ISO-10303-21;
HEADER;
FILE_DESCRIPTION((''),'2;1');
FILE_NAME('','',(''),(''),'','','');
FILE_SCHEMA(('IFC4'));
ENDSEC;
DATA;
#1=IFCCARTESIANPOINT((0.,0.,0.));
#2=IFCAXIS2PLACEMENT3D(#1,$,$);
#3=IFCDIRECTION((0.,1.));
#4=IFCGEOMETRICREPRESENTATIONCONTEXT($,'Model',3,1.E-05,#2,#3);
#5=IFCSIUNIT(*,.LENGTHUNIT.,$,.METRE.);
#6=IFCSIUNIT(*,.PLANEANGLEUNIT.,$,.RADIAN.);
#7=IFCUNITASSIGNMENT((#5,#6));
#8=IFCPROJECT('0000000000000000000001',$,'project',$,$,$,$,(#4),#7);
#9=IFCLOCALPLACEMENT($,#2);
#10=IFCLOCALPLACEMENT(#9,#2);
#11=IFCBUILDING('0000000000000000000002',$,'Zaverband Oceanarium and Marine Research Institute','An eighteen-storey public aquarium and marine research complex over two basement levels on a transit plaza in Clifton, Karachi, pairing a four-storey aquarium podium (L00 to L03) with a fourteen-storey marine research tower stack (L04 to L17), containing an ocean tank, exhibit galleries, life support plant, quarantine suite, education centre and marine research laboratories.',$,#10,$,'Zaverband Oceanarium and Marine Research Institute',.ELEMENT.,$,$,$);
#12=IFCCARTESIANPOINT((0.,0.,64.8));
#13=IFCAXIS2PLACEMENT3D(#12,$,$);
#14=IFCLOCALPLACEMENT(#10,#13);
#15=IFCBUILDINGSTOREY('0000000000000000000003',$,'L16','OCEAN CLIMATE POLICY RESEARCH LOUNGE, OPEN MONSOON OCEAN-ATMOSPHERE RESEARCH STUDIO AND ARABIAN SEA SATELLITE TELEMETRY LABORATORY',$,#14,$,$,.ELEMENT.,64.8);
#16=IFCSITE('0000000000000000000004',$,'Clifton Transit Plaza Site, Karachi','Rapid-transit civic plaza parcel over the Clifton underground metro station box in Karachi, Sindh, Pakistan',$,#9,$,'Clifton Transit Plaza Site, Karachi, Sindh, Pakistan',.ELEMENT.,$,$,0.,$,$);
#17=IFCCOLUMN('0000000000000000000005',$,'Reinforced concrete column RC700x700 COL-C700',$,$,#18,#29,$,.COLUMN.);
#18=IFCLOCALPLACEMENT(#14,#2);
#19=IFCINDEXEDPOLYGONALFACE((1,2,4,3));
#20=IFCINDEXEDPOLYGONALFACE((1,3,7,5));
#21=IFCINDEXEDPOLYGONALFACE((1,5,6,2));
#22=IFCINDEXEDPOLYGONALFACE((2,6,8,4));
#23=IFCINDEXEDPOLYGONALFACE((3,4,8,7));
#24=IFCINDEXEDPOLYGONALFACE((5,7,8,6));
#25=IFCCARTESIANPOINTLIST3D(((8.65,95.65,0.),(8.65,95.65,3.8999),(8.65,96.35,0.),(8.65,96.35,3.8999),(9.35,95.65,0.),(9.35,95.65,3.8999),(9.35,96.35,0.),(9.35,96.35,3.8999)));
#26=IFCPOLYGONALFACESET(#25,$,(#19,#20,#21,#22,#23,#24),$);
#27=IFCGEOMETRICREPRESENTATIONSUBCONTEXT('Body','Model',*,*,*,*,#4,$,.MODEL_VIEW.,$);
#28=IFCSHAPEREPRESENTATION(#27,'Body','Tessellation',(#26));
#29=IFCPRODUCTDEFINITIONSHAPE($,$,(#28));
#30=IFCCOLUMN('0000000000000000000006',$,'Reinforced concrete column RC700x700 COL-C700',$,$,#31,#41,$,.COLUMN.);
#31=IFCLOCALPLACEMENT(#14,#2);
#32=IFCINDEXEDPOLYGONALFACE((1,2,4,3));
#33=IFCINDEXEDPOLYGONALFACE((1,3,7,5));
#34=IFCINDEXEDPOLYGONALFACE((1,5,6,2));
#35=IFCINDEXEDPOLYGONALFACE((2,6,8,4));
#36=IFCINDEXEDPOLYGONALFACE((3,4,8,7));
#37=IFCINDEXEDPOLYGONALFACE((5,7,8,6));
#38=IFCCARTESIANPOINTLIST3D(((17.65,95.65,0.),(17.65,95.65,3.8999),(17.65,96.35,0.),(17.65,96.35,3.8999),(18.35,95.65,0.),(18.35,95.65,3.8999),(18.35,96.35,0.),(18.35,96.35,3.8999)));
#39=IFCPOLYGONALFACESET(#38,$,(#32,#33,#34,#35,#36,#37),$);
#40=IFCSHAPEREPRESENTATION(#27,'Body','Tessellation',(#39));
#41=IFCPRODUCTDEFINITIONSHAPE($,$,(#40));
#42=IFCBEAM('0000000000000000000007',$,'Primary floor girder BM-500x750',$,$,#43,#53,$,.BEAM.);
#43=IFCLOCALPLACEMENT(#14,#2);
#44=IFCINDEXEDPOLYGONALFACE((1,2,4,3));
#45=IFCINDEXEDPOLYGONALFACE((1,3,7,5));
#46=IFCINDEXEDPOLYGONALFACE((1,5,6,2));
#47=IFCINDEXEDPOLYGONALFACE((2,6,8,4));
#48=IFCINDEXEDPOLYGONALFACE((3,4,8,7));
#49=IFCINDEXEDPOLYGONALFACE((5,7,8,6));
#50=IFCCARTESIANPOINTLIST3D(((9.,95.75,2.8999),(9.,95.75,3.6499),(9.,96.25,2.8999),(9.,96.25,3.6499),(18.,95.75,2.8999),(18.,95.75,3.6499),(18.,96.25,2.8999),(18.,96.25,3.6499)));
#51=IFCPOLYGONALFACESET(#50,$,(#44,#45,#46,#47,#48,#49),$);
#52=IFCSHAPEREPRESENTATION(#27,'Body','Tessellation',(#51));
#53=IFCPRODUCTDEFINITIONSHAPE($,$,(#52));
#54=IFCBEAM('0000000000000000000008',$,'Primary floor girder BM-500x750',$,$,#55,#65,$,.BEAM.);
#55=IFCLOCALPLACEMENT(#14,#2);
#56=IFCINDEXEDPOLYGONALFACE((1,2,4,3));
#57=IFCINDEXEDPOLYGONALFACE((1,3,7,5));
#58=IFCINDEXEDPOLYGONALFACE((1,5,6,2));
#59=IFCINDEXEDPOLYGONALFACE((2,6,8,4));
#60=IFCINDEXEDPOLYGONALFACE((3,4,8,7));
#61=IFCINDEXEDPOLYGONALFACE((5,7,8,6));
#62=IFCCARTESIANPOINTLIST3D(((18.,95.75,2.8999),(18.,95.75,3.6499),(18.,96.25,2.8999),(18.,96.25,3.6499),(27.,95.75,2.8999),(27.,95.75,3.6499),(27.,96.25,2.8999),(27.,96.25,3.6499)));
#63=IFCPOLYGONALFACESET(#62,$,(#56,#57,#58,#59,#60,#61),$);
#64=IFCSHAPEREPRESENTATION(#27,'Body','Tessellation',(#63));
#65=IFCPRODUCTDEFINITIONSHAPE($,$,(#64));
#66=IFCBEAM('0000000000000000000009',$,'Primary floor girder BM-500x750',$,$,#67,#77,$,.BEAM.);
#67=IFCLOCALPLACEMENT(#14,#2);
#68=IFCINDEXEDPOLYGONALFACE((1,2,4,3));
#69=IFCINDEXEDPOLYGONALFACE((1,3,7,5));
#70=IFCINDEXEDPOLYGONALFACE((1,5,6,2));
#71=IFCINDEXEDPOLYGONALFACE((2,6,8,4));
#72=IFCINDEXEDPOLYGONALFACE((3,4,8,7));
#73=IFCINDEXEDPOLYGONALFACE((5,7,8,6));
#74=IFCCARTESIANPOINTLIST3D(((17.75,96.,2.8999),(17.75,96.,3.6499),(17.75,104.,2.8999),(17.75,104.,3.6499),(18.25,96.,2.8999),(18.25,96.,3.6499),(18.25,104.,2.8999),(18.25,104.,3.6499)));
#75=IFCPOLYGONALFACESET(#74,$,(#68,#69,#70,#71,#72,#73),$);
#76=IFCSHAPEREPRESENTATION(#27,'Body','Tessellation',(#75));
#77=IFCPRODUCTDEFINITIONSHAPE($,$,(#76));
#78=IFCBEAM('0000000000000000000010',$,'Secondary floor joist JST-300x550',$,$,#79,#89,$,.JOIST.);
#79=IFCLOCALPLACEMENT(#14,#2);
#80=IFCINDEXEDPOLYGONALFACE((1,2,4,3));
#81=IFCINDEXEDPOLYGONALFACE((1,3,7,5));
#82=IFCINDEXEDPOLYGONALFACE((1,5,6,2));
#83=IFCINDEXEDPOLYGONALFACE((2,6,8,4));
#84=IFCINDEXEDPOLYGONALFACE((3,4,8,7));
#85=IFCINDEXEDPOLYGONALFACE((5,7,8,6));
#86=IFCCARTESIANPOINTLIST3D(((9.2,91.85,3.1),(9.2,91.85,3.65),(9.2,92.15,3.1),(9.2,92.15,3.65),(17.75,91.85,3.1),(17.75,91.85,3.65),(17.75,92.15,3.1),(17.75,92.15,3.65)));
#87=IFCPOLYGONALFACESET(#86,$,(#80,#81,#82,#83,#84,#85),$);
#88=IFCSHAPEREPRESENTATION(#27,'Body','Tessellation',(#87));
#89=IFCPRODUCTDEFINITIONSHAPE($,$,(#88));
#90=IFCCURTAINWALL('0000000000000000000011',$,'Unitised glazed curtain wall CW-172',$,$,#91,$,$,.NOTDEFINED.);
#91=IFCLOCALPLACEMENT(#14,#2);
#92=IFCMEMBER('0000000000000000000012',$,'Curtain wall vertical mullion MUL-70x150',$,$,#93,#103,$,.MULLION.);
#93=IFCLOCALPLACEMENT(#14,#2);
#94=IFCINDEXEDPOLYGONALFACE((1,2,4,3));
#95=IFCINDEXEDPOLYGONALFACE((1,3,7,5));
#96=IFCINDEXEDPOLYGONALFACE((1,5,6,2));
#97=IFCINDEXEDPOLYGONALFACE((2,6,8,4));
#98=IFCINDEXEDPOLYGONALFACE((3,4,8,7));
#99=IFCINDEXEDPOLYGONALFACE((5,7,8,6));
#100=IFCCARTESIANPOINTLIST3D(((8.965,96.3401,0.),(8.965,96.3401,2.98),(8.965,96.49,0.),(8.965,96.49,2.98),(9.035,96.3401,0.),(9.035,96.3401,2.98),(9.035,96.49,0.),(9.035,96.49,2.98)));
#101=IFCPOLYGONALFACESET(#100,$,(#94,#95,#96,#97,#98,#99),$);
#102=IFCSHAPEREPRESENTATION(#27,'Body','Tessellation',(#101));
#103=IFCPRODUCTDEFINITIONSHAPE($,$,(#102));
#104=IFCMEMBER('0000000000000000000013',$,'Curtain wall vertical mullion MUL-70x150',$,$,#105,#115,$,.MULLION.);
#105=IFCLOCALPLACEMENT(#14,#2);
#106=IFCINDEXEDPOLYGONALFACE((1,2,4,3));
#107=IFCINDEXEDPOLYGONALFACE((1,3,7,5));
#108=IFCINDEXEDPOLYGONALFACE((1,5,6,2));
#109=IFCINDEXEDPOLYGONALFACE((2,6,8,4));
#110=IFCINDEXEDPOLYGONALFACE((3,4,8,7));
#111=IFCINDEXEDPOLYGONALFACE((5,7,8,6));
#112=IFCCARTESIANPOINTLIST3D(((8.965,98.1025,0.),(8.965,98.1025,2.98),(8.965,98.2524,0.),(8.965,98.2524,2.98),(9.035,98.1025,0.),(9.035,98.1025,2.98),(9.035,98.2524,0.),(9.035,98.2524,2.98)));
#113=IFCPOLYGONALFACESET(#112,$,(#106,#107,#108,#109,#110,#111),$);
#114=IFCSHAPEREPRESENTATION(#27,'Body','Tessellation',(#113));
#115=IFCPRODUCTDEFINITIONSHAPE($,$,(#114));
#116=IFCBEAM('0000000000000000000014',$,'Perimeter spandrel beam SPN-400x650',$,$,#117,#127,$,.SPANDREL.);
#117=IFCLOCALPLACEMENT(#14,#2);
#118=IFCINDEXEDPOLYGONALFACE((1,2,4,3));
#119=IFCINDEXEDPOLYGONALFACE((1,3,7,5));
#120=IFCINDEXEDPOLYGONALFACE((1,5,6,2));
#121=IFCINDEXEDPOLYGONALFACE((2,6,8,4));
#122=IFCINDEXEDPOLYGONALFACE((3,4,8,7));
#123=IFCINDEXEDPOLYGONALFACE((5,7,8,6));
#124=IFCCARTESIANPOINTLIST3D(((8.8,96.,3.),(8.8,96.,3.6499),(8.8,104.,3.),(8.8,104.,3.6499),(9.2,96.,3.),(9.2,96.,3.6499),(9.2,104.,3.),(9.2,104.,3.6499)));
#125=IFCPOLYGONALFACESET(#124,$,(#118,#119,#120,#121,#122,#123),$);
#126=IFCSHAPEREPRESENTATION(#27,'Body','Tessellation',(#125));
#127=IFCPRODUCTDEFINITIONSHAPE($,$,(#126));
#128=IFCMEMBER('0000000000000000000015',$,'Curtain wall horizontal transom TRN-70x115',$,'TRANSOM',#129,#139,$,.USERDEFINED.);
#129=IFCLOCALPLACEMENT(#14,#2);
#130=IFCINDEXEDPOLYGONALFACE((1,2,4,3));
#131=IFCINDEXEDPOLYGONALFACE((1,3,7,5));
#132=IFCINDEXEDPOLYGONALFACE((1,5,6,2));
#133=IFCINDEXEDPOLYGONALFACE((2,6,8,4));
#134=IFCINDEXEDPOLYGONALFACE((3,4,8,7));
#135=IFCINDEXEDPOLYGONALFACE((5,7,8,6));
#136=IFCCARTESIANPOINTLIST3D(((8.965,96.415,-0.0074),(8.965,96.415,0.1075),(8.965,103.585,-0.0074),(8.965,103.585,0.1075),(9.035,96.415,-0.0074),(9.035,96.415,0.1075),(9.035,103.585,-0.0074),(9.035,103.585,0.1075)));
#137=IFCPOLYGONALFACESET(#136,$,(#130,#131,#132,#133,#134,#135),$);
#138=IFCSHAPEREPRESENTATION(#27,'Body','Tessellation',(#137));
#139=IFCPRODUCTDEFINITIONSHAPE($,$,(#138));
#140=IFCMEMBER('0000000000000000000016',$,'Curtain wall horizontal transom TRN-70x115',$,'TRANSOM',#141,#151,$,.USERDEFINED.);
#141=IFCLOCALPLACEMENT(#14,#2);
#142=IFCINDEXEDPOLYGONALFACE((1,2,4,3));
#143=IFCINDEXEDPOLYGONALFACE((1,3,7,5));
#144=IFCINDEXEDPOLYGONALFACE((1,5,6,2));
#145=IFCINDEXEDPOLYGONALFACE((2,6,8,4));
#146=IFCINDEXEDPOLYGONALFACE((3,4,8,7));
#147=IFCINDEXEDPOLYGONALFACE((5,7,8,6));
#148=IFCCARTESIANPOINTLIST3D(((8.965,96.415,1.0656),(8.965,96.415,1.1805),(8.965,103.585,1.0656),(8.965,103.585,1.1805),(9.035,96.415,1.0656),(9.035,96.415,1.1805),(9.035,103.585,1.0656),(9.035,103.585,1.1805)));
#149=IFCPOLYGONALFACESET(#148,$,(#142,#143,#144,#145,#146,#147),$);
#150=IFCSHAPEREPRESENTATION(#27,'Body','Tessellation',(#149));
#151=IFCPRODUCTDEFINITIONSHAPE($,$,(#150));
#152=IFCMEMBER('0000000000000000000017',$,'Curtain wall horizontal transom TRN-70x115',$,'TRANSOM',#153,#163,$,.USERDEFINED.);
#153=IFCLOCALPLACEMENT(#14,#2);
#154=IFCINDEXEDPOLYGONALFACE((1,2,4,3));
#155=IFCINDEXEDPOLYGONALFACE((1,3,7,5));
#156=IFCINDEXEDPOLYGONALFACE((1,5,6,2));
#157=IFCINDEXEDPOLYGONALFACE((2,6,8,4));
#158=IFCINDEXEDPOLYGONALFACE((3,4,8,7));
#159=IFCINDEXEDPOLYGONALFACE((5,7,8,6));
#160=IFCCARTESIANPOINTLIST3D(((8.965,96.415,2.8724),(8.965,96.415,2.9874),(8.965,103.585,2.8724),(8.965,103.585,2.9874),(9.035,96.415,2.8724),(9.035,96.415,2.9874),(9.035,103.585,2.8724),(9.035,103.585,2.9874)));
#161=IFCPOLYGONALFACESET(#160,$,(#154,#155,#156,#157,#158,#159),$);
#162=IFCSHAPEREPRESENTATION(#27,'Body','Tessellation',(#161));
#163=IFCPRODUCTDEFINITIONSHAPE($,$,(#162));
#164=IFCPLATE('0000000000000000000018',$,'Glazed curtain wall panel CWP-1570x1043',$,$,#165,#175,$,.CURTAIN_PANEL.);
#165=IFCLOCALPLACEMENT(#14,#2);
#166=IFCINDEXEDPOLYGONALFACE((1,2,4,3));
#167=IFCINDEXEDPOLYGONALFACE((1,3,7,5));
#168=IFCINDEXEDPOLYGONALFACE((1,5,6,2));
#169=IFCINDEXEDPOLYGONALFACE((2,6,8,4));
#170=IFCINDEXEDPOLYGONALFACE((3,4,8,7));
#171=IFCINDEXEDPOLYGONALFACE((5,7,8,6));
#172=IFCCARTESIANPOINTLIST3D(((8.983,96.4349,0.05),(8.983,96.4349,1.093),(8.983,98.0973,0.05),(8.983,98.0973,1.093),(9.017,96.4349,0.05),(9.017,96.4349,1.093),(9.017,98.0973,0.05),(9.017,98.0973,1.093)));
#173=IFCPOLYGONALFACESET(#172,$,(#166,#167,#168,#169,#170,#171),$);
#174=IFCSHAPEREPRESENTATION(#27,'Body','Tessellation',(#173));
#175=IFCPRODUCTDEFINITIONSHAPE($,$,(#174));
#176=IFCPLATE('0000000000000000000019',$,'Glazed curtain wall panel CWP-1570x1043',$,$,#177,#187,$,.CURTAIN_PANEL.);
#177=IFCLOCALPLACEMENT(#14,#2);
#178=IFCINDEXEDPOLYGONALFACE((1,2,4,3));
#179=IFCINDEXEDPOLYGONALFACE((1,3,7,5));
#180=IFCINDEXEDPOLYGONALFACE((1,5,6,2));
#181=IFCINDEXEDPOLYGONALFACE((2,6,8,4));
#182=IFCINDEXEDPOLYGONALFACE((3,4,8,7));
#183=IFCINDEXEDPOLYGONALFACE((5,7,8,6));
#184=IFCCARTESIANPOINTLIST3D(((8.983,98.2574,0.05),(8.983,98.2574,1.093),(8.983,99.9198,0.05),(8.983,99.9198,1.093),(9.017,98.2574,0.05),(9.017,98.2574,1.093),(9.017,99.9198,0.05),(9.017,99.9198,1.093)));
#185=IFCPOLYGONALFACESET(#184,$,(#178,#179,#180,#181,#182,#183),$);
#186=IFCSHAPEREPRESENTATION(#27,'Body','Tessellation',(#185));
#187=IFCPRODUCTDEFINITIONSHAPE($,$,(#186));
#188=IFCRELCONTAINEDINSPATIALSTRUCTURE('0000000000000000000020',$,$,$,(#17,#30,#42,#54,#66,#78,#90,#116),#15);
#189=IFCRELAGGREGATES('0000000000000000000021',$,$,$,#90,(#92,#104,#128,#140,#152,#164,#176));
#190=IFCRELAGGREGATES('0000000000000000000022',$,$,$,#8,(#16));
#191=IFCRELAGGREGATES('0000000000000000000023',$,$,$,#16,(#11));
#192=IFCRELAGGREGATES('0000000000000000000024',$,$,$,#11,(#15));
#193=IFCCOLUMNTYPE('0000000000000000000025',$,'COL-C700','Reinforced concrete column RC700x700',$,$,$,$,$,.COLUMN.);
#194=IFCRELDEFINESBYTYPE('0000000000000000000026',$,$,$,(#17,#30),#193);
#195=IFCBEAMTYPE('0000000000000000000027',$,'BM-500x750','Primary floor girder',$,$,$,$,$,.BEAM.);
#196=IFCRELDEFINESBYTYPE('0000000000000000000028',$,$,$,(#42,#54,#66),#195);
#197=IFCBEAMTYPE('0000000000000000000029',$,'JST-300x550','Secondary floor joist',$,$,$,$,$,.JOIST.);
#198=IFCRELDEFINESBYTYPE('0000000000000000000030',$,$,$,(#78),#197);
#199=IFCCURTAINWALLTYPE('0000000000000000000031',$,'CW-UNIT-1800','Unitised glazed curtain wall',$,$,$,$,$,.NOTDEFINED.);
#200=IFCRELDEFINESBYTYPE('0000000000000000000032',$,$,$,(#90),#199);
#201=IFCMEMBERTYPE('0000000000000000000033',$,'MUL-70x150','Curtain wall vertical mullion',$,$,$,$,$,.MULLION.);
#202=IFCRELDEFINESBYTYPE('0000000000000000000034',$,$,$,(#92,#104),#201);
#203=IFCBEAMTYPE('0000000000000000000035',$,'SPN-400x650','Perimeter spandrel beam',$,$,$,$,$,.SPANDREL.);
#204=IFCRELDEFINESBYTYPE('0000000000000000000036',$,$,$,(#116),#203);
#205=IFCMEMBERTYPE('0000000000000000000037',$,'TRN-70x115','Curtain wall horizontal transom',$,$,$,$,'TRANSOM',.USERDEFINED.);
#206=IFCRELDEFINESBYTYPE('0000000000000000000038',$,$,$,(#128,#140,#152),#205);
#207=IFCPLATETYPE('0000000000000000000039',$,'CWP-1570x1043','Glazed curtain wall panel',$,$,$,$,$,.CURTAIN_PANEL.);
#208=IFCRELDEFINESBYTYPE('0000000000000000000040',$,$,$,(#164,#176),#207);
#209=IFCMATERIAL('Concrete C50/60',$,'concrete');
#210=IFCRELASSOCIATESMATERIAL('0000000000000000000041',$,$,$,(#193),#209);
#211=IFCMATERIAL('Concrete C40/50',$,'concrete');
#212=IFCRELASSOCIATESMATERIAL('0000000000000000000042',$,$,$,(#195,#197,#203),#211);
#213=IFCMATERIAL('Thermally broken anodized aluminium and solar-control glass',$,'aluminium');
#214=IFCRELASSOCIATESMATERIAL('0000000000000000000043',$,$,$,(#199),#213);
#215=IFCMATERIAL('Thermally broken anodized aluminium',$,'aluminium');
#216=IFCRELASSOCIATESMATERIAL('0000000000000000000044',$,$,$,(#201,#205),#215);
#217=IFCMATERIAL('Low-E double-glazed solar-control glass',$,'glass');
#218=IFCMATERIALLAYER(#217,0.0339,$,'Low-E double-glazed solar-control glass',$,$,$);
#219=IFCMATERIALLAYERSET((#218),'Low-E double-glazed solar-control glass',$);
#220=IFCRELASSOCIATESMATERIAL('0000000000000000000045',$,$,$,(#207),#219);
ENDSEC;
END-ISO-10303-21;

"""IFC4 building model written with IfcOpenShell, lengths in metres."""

from ifc_helpers import new_model, si_unit, direction, frame, frame_2d, origin, origin_2d, place, context, subcontext, project, spatial, rectangle, extrude, material, layer, layer_set, material_profile, profile_set, type_object, element, aggregate, save


model = new_model("IFC4")

# Units and contexts
model_context = context("Model", 3, precision=1e-05, world=origin(), true_north=direction((0.0, 1.0)))
body_context = subcontext(model_context, "Body", "Model", "MODEL_VIEW")
ifc_project = project(units=[si_unit("LENGTHUNIT", "METRE"), si_unit("PLANEANGLEUNIT", "RADIAN")], contexts=[model_context])

# Site, building, storey
site_placement = place(None, origin())
site = spatial("IfcSite", under=ifc_project, at=site_placement, Name="Clifton Transit Plaza Site, Karachi", Description="Rapid-transit civic plaza parcel over the Clifton underground metro station box in Karachi, Sindh, Pakistan", LongName="Clifton Transit Plaza Site, Karachi, Sindh, Pakistan", CompositionType="ELEMENT", RefElevation=0.0)
building_placement = place(site_placement, origin())
building = spatial("IfcBuilding", under=site, at=building_placement, Name="Zaverband Oceanarium and Marine Research Institute", Description="An eighteen-storey public aquarium and marine research complex over two basement levels on a transit plaza in Clifton, Karachi, pairing a four-storey aquarium podium (L00 to L03) with a fourteen-storey marine research tower stack (L04 to L17), containing an ocean tank, exhibit galleries, life support plant, quarantine suite, education centre and marine research laboratories.", LongName="Zaverband Oceanarium and Marine Research Institute", CompositionType="ELEMENT")
storey_placement = place(building_placement, frame((0.0, 0.0, 64.8)))
storey = spatial("IfcBuildingStorey", under=building, at=storey_placement, Name="L16", Description="OCEAN CLIMATE POLICY RESEARCH LOUNGE, OPEN MONSOON OCEAN-ATMOSPHERE RESEARCH STUDIO AND ARABIAN SEA SATELLITE TELEMETRY LABORATORY", CompositionType="ELEMENT", Elevation=64.8)

# Columns
ifc_material_1 = material(Name="Concrete C50/60", Category="concrete")
ifc_material_profile_1 = material_profile(ifc_material_1, rectangle(XDim=0.7, YDim=0.7, at=origin_2d()), Name="RC700x700")
ifc_profile_set_1 = profile_set([ifc_material_profile_1], Name="Concrete C50/60")
column_type = type_object("IfcColumnType", Name="COL-C700", Description="Reinforced concrete column RC700x700", PredefinedType="COLUMN", material=ifc_profile_set_1)
for number, where, z_axis, x_axis, name in (
    (1, (9.0, 96.0, 0.0), (0.0, 0.0, 1.0), (1.0, 0.0, 0.0), "Reinforced concrete column RC700x700 COL-C700"),
    (2, (18.0, 96.0, 0.0), (0.0, 0.0, 1.0), (1.0, 0.0, 0.0), "Reinforced concrete column RC700x700 COL-C700"),
):
    element("IfcColumn", number, at=place(storey_placement, frame(where, z_axis=z_axis, x_axis=x_axis)), inside=storey, type_object=column_type, Name=name, PredefinedType="COLUMN", context=body_context, shape_type="SweptSolid", body=[
        extrude(rectangle(XDim=0.7, YDim=0.7, at=origin_2d()), origin(), (0.0, 0.0, 1.0), 3.8999),
    ])

# Beams
ifc_material_2 = material(Name="Concrete C40/50", Category="concrete")
ifc_material_profile_2 = material_profile(ifc_material_2, rectangle(XDim=0.5, YDim=0.75, at=origin_2d()), Name="RC500x750")
ifc_profile_set_2 = profile_set([ifc_material_profile_2], Name="Concrete C40/50")
beam_type_1 = type_object("IfcBeamType", Name="BM-500x750", Description="Primary floor girder", PredefinedType="BEAM", material=ifc_profile_set_2)
for number, where, z_axis, x_axis, name in (
    (3, (9.0, 96.0, 3.2749), (1.0, 0.0, 0.0), (0.0, 1.0, 0.0), "Primary floor girder BM-500x750"),
    (4, (18.0, 96.0, 3.2749), (1.0, 0.0, 0.0), (0.0, 1.0, 0.0), "Primary floor girder BM-500x750"),
):
    element("IfcBeam", number, at=place(storey_placement, frame(where, z_axis=z_axis, x_axis=x_axis)), inside=storey, type_object=beam_type_1, Name=name, PredefinedType="BEAM", context=body_context, shape_type="SweptSolid", body=[
        extrude(rectangle(XDim=0.5, YDim=0.75, at=origin_2d()), origin(), (0.0, 0.0, 1.0), 9.0),
    ])
beam_1_placement = place(storey_placement, frame((18.0, 96.0, 3.2749), z_axis=(0.0, 1.0, 0.0), x_axis=(-1.0, 0.0, 0.0)))
element("IfcBeam", 5, at=beam_1_placement, inside=storey, type_object=beam_type_1, Name="Primary floor girder BM-500x750", PredefinedType="BEAM", context=body_context, shape_type="SweptSolid", body=[
    extrude(rectangle(XDim=0.5, YDim=0.75, at=origin_2d()), origin(), (0.0, 0.0, 1.0), 8.0),
])
ifc_material_profile_3 = material_profile(ifc_material_2, rectangle(XDim=0.3, YDim=0.55, at=origin_2d()), Name="RC300x550")
ifc_profile_set_3 = profile_set([ifc_material_profile_3], Name="Concrete C40/50")
beam_type_2 = type_object("IfcBeamType", Name="JST-300x550", Description="Secondary floor joist", PredefinedType="JOIST", material=ifc_profile_set_3)
beam_2_placement = place(storey_placement, frame((9.2, 92.0, 3.375), z_axis=(1.0, 0.0, 0.0), x_axis=(0.0, 1.0, 0.0)))
element("IfcBeam", 6, at=beam_2_placement, inside=storey, type_object=beam_type_2, Name="Secondary floor joist JST-300x550", PredefinedType="JOIST", context=body_context, shape_type="SweptSolid", body=[
    extrude(rectangle(XDim=0.3, YDim=0.55, at=origin_2d()), origin(), (0.0, 0.0, 1.0), 8.55),
])

# Curtain wall, members
ifc_material_3 = material(Name="Thermally broken anodized aluminium and solar-control glass", Category="aluminium")
curtain_wall_type = type_object("IfcCurtainWallType", Name="CW-UNIT-1800", Description="Unitised glazed curtain wall", PredefinedType="NOTDEFINED", material=ifc_material_3)
curtain_wall_placement = place(storey_placement, origin())
curtain_wall = element("IfcCurtainWall", 7, at=curtain_wall_placement, inside=storey, type_object=curtain_wall_type, Name="Unitised glazed curtain wall CW-172", PredefinedType="NOTDEFINED")
ifc_material_4 = material(Name="Thermally broken anodized aluminium", Category="aluminium")
ifc_material_profile_4 = material_profile(ifc_material_4, rectangle(XDim=0.0701, YDim=0.1499, at=origin_2d()), Name="AL-MUL-70x150")
ifc_profile_set_4 = profile_set([ifc_material_profile_4], Name="Thermally broken anodized aluminium")
member_type_1 = type_object("IfcMemberType", Name="MUL-70x150", Description="Curtain wall vertical mullion", PredefinedType="MULLION", material=ifc_profile_set_4)
member_1_placement = place(storey_placement, frame((9.0, 96.415, 0.0), z_axis=(0.0, 0.0, 1.0), x_axis=(1.0, 0.0, 0.0)))
member_1 = element("IfcMember", 8, at=member_1_placement, type_object=member_type_1, Name="Curtain wall vertical mullion MUL-70x150", PredefinedType="MULLION", context=body_context, shape_type="SweptSolid", body=[
    extrude(rectangle(XDim=0.0701, YDim=0.1499, at=origin_2d()), origin(), (0.0, 0.0, 1.0), 2.98),
])
member_2_placement = place(storey_placement, frame((9.0, 98.1775, 0.0), z_axis=(0.0, 0.0, 1.0), x_axis=(1.0, 0.0, 0.0)))
member_2 = element("IfcMember", 9, at=member_2_placement, type_object=member_type_1, Name="Curtain wall vertical mullion MUL-70x150", PredefinedType="MULLION", context=body_context, shape_type="SweptSolid", body=[
    extrude(rectangle(XDim=0.0701, YDim=0.1499, at=origin_2d()), origin(), (0.0, 0.0, 1.0), 2.98),
])

# Beam
ifc_material_profile_5 = material_profile(ifc_material_2, rectangle(XDim=0.3999, YDim=0.6499, at=origin_2d()), Name="RC400x650")
ifc_profile_set_5 = profile_set([ifc_material_profile_5], Name="Concrete C40/50")
beam_type_3 = type_object("IfcBeamType", Name="SPN-400x650", Description="Perimeter spandrel beam", PredefinedType="SPANDREL", material=ifc_profile_set_5)
beam_3_placement = place(storey_placement, frame((9.0, 96.0, 3.325), z_axis=(0.0, 1.0, 0.0), x_axis=(-1.0, 0.0, 0.0)))
element("IfcBeam", 10, at=beam_3_placement, inside=storey, type_object=beam_type_3, Name="Perimeter spandrel beam SPN-400x650", PredefinedType="SPANDREL", context=body_context, shape_type="SweptSolid", body=[
    extrude(rectangle(XDim=0.3999, YDim=0.6499, at=origin_2d()), origin(), (0.0, 0.0, 1.0), 8.0),
])

# Members
ifc_material_profile_6 = material_profile(ifc_material_4, rectangle(XDim=0.0701, YDim=0.115, at=origin_2d()), Name="AL-TRN-70x115")
ifc_profile_set_6 = profile_set([ifc_material_profile_6], Name="Thermally broken anodized aluminium")
member_type_2 = type_object("IfcMemberType", Name="TRN-70x115", Description="Curtain wall horizontal transom", ElementType="TRANSOM", PredefinedType="USERDEFINED", material=ifc_profile_set_6)
member_3_placement = place(storey_placement, frame((9.0, 96.415, 0.05), z_axis=(0.0, 1.0, 0.0), x_axis=(-1.0, 0.0, 0.0)))
member_3 = element("IfcMember", 11, at=member_3_placement, type_object=member_type_2, Name="Curtain wall horizontal transom TRN-70x115", ObjectType="TRANSOM", PredefinedType="USERDEFINED", context=body_context, shape_type="SweptSolid", body=[
    extrude(rectangle(XDim=0.0701, YDim=0.115, at=origin_2d()), origin(), (0.0, 0.0, 1.0), 7.1699),
])
member_4_placement = place(storey_placement, frame((9.0, 96.415, 1.123), z_axis=(0.0, 1.0, 0.0), x_axis=(-1.0, 0.0, 0.0)))
member_4 = element("IfcMember", 12, at=member_4_placement, type_object=member_type_2, Name="Curtain wall horizontal transom TRN-70x115", ObjectType="TRANSOM", PredefinedType="USERDEFINED", context=body_context, shape_type="SweptSolid", body=[
    extrude(rectangle(XDim=0.0701, YDim=0.115, at=origin_2d()), origin(), (0.0, 0.0, 1.0), 7.1699),
])
member_5_placement = place(storey_placement, frame((9.0, 96.415, 2.9299), z_axis=(0.0, 1.0, 0.0), x_axis=(-1.0, 0.0, 0.0)))
member_5 = element("IfcMember", 13, at=member_5_placement, type_object=member_type_2, Name="Curtain wall horizontal transom TRN-70x115", ObjectType="TRANSOM", PredefinedType="USERDEFINED", context=body_context, shape_type="SweptSolid", body=[
    extrude(rectangle(XDim=0.0701, YDim=0.115, at=origin_2d()), origin(), (0.0, 0.0, 1.0), 7.1699),
])

# Plates
ifc_material_5 = material(Name="Low-E double-glazed solar-control glass", Category="glass")
ifc_layer_1 = layer(ifc_material_5, 0.0339, Name="Low-E double-glazed solar-control glass")
ifc_layer_set_1 = layer_set([ifc_layer_1], Name="Low-E double-glazed solar-control glass")
plate_type_1 = type_object("IfcPlateType", Name="CWP-1570x1043", Description="Glazed curtain wall panel", PredefinedType="CURTAIN_PANEL", material=ifc_layer_set_1)
plate_1_placement = place(storey_placement, frame((9.0, 96.4351, 0.05), z_axis=(0.0, 0.0, 1.0), x_axis=(0.0, 1.0, 0.0)))
plate_1 = element("IfcPlate", 14, at=plate_1_placement, type_object=plate_type_1, Name="Glazed curtain wall panel CWP-1570x1043", PredefinedType="CURTAIN_PANEL", context=body_context, shape_type="SweptSolid", body=[
    extrude(rectangle(XDim=1.6624, YDim=0.0339, at=frame_2d((0.8311, 0.0))), origin(), (0.0, 0.0, 1.0), 1.043),
])
plate_2_placement = place(storey_placement, frame((9.0, 98.2576, 0.05), z_axis=(0.0, 0.0, 1.0), x_axis=(0.0, 1.0, 0.0)))
plate_2 = element("IfcPlate", 15, at=plate_2_placement, type_object=plate_type_1, Name="Glazed curtain wall panel CWP-1570x1043", PredefinedType="CURTAIN_PANEL", context=body_context, shape_type="SweptSolid", body=[
    extrude(rectangle(XDim=1.6624, YDim=0.0339, at=frame_2d((0.8311, 0.0))), origin(), (0.0, 0.0, 1.0), 1.043),
])
aggregate(curtain_wall, [member_1, member_2, member_3, member_4, member_5, plate_1, plate_2])

save(model, "model.ifc")
